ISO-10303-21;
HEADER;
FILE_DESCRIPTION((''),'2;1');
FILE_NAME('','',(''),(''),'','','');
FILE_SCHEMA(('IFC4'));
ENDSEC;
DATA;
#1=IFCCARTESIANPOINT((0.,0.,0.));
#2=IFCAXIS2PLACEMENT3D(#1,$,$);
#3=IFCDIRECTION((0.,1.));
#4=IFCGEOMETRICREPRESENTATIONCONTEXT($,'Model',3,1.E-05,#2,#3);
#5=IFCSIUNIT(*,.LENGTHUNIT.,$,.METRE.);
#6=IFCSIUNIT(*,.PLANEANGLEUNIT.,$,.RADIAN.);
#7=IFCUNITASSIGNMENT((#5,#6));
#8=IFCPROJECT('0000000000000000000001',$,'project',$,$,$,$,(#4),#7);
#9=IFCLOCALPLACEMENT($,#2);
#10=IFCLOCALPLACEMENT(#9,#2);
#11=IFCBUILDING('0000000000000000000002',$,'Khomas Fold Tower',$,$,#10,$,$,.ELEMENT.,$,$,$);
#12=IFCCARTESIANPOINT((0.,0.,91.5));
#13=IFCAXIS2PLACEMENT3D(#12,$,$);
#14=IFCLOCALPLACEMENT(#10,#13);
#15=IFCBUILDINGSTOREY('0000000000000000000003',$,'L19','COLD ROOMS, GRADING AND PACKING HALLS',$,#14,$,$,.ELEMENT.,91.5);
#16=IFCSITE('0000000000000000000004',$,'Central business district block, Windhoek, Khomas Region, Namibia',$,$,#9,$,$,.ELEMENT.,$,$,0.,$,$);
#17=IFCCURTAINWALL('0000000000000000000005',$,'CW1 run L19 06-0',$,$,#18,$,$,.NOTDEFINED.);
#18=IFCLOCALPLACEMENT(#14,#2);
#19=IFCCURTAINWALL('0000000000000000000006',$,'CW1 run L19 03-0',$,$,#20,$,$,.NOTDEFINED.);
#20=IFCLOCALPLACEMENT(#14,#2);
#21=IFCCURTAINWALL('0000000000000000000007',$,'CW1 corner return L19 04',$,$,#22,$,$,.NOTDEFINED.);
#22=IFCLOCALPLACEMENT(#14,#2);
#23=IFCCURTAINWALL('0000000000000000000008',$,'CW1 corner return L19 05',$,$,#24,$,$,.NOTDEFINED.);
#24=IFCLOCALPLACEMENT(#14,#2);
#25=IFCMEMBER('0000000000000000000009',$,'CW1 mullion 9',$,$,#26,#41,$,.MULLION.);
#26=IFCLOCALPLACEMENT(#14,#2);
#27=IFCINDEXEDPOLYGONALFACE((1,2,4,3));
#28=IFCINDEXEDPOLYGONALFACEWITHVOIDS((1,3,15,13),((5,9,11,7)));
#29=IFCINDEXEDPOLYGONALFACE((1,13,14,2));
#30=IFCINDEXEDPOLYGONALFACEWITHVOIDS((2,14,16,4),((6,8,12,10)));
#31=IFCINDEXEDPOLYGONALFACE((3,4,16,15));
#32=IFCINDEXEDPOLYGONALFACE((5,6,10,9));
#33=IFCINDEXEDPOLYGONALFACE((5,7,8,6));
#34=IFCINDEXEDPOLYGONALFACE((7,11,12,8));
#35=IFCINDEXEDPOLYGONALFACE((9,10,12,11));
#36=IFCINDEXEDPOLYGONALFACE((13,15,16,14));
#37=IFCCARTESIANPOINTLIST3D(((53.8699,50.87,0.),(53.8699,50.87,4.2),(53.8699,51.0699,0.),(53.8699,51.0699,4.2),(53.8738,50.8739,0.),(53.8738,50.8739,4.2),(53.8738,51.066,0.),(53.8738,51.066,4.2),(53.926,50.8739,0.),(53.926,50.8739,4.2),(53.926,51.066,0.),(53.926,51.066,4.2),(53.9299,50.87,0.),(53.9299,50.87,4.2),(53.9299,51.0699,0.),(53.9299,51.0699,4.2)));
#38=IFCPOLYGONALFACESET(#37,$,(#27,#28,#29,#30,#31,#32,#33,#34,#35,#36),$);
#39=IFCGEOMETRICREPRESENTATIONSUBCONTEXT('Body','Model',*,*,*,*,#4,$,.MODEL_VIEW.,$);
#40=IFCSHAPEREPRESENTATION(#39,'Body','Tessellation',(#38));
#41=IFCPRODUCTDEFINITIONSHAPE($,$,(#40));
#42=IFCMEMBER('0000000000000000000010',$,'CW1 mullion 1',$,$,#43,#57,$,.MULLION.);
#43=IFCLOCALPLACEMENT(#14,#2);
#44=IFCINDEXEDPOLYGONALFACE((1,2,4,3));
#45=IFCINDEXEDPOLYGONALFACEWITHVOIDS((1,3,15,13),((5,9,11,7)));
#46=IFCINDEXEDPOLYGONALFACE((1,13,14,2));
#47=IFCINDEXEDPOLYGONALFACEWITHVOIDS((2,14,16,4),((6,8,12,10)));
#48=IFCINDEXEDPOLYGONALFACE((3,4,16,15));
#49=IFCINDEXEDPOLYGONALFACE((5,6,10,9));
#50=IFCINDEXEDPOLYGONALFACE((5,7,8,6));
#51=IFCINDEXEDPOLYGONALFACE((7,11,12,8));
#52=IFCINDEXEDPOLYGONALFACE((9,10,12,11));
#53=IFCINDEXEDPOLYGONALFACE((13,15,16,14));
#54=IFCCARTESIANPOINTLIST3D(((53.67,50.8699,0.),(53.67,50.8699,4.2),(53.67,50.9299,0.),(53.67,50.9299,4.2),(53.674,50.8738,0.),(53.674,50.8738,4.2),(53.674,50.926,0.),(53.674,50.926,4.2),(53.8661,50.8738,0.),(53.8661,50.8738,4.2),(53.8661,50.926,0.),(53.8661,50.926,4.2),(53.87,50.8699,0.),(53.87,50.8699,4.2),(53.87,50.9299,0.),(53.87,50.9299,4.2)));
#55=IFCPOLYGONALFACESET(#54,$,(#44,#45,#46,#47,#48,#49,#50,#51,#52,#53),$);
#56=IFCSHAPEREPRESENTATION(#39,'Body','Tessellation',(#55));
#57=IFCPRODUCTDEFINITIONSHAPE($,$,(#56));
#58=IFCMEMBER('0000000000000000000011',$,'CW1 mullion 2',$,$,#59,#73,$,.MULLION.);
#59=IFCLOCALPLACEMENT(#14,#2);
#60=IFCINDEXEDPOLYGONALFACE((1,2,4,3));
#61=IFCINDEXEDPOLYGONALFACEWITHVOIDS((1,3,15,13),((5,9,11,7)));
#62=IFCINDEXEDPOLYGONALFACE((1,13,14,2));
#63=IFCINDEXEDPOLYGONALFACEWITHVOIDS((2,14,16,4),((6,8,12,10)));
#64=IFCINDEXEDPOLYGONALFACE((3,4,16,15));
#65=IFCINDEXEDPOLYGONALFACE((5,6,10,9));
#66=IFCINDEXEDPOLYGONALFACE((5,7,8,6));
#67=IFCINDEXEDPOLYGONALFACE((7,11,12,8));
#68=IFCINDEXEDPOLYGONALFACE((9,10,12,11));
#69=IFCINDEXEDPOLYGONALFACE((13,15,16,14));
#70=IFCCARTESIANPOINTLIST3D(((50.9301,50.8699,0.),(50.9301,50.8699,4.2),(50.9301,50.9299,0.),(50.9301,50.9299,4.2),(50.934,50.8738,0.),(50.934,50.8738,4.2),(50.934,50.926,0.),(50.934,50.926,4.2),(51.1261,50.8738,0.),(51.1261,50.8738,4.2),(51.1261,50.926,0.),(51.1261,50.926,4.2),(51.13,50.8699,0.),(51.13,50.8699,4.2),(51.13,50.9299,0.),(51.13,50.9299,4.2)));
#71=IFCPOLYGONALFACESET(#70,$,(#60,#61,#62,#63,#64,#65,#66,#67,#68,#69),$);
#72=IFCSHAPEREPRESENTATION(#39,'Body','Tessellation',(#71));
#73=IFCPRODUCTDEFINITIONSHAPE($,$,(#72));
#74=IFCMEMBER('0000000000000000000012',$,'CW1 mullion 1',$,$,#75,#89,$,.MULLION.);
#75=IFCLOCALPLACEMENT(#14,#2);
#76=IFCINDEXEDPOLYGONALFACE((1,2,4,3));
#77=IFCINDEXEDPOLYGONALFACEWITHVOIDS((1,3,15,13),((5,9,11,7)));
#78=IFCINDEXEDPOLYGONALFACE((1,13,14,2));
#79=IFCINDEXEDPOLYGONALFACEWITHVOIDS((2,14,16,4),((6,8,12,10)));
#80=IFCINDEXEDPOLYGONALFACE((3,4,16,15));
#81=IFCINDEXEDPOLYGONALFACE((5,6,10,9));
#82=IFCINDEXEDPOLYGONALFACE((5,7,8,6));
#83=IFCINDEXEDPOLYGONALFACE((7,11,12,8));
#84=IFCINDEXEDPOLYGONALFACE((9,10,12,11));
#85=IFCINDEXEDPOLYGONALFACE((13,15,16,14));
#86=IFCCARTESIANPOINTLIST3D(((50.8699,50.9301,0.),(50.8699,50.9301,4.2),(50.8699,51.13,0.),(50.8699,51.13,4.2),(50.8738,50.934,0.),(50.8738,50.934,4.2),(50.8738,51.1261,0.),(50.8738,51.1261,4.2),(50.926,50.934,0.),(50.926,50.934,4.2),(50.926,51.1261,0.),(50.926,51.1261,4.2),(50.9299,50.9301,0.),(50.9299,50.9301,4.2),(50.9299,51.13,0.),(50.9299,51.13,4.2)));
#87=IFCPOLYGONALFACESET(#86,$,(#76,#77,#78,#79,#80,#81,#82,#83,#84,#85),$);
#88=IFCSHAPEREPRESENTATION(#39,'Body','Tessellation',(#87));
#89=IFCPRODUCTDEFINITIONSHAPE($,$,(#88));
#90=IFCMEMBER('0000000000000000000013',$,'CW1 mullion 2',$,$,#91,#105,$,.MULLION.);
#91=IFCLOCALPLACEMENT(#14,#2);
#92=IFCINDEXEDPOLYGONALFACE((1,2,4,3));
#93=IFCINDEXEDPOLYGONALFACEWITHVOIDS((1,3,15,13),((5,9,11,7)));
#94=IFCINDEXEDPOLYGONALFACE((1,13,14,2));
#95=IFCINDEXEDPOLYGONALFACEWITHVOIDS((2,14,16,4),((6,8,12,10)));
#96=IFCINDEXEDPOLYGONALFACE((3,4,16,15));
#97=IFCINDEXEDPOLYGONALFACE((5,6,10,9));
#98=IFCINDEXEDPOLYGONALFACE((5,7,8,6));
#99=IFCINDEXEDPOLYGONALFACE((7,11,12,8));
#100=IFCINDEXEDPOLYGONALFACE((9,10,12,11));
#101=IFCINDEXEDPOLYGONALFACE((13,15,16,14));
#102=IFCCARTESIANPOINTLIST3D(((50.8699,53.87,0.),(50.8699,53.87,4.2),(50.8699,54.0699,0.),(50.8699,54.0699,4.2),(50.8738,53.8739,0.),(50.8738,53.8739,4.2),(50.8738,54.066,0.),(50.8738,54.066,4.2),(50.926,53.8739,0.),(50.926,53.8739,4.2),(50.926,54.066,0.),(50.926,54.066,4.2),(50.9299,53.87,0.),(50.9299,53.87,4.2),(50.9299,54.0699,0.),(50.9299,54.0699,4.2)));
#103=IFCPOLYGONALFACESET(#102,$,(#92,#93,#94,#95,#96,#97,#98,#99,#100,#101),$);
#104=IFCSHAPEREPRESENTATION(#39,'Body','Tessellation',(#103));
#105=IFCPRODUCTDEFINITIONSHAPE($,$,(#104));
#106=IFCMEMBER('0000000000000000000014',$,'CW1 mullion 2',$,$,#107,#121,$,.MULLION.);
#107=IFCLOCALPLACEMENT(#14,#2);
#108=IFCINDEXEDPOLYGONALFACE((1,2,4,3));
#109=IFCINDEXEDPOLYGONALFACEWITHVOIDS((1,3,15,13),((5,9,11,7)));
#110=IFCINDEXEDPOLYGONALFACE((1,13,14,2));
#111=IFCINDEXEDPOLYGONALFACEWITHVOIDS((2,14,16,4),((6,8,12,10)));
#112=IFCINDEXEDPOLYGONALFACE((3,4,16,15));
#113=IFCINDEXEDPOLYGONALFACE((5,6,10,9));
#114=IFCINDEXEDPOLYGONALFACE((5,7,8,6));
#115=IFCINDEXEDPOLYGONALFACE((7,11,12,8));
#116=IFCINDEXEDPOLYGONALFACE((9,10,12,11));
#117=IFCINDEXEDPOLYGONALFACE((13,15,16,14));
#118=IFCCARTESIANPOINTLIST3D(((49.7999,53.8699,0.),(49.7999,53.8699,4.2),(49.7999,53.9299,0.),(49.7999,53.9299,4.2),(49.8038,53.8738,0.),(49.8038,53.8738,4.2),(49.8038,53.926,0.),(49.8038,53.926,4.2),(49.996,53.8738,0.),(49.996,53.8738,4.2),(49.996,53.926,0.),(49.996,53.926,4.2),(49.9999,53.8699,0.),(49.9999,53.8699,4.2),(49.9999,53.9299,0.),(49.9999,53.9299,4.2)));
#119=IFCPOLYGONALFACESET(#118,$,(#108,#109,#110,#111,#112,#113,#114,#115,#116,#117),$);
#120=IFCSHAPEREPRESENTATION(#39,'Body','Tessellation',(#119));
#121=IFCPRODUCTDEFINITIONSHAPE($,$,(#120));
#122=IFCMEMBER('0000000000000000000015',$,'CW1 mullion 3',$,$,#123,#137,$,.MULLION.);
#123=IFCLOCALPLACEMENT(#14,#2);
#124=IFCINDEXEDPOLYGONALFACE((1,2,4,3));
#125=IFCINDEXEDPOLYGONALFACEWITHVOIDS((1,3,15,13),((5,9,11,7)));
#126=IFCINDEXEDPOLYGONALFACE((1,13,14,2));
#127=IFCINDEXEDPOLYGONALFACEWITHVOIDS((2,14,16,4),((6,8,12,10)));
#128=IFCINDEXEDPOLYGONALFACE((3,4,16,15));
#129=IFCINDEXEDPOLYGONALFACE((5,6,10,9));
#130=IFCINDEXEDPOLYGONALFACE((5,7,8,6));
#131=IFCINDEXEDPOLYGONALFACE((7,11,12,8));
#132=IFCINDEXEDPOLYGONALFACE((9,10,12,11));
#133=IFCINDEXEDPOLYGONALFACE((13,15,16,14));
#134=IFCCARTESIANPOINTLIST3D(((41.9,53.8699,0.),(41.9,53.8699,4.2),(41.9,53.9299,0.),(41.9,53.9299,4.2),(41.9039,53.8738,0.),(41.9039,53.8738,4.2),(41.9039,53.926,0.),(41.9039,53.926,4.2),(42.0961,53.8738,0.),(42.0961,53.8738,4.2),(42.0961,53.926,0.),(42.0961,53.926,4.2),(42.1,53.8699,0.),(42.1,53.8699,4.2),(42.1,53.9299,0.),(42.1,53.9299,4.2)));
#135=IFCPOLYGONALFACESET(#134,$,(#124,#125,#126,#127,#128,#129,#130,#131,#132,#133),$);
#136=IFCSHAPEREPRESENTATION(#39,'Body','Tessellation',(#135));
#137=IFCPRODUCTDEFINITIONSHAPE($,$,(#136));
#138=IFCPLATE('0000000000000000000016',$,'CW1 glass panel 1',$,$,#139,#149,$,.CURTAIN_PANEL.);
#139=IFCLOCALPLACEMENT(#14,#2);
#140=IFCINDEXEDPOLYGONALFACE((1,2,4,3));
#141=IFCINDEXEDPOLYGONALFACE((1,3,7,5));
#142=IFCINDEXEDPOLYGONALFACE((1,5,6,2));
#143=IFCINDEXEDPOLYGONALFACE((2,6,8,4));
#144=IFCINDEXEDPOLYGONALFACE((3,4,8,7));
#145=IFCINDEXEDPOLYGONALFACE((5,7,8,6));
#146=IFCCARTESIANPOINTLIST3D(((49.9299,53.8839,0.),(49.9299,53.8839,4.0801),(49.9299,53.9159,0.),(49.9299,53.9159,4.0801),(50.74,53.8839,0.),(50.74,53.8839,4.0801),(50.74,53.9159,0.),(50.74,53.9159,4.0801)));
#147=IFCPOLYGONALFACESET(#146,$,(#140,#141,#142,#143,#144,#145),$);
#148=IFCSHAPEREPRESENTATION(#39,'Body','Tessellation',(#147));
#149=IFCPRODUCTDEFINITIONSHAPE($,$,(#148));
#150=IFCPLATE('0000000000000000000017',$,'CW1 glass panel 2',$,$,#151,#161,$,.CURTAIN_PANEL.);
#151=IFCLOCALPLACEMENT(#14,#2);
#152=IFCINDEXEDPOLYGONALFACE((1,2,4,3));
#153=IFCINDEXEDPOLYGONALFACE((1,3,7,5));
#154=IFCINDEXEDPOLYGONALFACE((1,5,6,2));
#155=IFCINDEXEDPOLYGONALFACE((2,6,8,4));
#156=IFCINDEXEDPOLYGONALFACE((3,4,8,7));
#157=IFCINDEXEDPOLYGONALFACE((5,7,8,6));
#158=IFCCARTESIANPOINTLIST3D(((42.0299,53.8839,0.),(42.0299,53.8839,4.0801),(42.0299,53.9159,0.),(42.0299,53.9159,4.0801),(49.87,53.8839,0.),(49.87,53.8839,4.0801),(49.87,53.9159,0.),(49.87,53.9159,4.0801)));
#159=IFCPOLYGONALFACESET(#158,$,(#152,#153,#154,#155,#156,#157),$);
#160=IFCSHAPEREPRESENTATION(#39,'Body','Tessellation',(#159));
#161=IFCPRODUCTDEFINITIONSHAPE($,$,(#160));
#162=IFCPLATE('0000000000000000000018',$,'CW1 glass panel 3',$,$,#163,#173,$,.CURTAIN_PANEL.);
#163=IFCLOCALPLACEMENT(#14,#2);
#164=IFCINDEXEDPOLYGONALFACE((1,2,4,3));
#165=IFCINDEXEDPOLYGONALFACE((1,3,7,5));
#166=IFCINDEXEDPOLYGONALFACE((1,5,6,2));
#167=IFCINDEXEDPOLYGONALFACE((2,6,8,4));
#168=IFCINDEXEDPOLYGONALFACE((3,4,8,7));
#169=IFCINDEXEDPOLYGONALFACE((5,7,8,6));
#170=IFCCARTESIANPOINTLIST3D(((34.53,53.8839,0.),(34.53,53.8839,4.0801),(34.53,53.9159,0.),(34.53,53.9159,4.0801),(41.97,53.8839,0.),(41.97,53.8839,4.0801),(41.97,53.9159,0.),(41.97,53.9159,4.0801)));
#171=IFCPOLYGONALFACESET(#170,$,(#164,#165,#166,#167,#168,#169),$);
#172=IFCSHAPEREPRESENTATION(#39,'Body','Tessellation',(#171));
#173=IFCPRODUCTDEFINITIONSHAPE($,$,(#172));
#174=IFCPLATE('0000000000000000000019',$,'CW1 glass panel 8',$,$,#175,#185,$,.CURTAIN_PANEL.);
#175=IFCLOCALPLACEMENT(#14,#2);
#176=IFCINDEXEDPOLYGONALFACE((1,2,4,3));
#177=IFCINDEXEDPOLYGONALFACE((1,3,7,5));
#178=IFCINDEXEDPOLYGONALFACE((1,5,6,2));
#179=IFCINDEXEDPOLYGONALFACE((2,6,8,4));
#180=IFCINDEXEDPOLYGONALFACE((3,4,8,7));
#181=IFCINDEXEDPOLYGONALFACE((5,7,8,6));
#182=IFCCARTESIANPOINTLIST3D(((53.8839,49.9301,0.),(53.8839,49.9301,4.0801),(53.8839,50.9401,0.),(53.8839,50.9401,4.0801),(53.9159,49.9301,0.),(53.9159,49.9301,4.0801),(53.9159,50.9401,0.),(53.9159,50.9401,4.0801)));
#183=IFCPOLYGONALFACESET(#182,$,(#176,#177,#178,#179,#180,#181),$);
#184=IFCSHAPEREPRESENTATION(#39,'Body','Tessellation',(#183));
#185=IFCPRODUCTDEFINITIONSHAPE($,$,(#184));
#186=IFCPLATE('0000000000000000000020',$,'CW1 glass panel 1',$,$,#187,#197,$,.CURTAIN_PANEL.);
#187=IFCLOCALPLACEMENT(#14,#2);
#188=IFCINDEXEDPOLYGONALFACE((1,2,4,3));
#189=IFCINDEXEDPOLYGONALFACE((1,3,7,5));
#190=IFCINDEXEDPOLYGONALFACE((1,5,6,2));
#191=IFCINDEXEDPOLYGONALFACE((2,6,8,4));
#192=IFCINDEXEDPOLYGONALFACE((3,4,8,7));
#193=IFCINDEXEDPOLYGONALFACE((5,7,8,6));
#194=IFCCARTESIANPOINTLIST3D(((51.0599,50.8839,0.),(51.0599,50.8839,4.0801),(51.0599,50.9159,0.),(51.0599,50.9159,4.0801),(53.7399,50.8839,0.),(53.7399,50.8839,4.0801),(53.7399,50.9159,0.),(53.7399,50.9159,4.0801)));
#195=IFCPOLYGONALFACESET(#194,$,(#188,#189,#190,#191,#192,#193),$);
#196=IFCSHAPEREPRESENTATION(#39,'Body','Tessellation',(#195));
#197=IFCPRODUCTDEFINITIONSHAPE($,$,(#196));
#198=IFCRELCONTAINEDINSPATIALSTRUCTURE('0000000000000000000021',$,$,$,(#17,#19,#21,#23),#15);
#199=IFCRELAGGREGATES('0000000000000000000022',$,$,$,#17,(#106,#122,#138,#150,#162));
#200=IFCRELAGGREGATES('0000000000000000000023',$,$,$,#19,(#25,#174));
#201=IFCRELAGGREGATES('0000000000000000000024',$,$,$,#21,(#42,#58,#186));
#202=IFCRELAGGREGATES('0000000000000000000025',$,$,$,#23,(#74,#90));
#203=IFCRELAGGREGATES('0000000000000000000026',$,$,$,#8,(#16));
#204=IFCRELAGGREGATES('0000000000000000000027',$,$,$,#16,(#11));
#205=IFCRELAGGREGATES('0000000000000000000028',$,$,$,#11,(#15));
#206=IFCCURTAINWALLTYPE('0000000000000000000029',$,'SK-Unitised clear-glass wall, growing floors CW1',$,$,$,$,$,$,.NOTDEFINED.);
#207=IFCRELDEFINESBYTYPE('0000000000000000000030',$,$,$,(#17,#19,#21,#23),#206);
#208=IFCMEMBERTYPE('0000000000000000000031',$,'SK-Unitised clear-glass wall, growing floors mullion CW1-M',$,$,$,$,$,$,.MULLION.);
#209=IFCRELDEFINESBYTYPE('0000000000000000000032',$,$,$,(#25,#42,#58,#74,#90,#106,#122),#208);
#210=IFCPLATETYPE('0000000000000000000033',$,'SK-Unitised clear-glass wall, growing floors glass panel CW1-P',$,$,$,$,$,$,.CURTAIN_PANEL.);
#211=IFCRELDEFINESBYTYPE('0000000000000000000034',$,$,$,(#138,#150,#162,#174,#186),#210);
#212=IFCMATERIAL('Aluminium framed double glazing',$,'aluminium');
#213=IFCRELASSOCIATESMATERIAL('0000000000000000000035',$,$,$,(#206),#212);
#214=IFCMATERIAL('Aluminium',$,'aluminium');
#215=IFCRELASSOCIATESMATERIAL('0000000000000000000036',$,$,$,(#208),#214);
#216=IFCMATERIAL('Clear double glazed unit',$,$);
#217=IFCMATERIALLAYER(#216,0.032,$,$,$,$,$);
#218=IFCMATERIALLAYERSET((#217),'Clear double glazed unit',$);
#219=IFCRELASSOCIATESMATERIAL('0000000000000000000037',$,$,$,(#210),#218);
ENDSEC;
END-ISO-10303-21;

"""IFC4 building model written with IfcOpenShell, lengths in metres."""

from ifc_helpers import new_model, si_unit, direction, frame, origin, origin_2d, place, context, subcontext, project, spatial, rectangle, hollow_rectangle, extrude, source, transform, mapped, material, layer, layer_set, material_profile, profile_set, type_object, element, aggregate, save


model = new_model("IFC4")

# Units and contexts
model_context = context("Model", 3, precision=1e-05, world=origin(), true_north=direction((0.0, 1.0)))
body_context = subcontext(model_context, "Body", "Model", "MODEL_VIEW")
ifc_project = project(units=[si_unit("LENGTHUNIT", "METRE"), si_unit("PLANEANGLEUNIT", "RADIAN")], contexts=[model_context])

# Site, building, storey
site_placement = place(None, origin())
site = spatial("IfcSite", under=ifc_project, at=site_placement, Name="Central business district block, Windhoek, Khomas Region, Namibia", CompositionType="ELEMENT", RefElevation=0.0)
building_placement = place(site_placement, origin())
building = spatial("IfcBuilding", under=site, at=building_placement, Name="Khomas Fold Tower", CompositionType="ELEMENT")
storey_placement = place(building_placement, frame((0.0, 0.0, 91.5)))
storey = spatial("IfcBuildingStorey", under=building, at=storey_placement, Name="L19", Description="COLD ROOMS, GRADING AND PACKING HALLS", CompositionType="ELEMENT", Elevation=91.5)

# Curtain wall
ifc_material_1 = material(Name="Aluminium framed double glazing", Category="aluminium")
curtain_wall_type = type_object("IfcCurtainWallType", Name="SK-Unitised clear-glass wall, growing floors CW1", PredefinedType="NOTDEFINED", material=ifc_material_1)
curtain_wall_1_placement = place(storey_placement, origin())
curtain_wall_1 = element("IfcCurtainWall", 1, at=curtain_wall_1_placement, inside=storey, type_object=curtain_wall_type, Name="CW1 run L19 06-0", PredefinedType="NOTDEFINED")

# Curtain walls
curtain_wall_2_placement = place(storey_placement, origin())
curtain_wall_2 = element("IfcCurtainWall", 2, at=curtain_wall_2_placement, inside=storey, type_object=curtain_wall_type, Name="CW1 run L19 03-0", PredefinedType="NOTDEFINED")
curtain_wall_3_placement = place(storey_placement, origin())
curtain_wall_3 = element("IfcCurtainWall", 3, at=curtain_wall_3_placement, inside=storey, type_object=curtain_wall_type, Name="CW1 corner return L19 04", PredefinedType="NOTDEFINED")
curtain_wall_4_placement = place(storey_placement, origin())
curtain_wall_4 = element("IfcCurtainWall", 4, at=curtain_wall_4_placement, inside=storey, type_object=curtain_wall_type, Name="CW1 corner return L19 05", PredefinedType="NOTDEFINED")

# Members
ifc_material_2 = material(Name="Aluminium", Category="aluminium")
ifc_material_profile_1 = material_profile(ifc_material_2, hollow_rectangle(XDim=0.0601, YDim=0.2, WallThickness=0.0039, at=origin_2d()), Name="SK-Unitised clear-glass wall, growing floors mullion CW1-M")
ifc_profile_set_1 = profile_set([ifc_material_profile_1], Name="Aluminium")
member_type_1 = type_object("IfcMemberType", Name="SK-Unitised clear-glass wall, growing floors mullion CW1-M", PredefinedType="MULLION", material=ifc_profile_set_1)
shared_shape_1 = source(origin(), body_context, "Body", "SweptSolid", [
    extrude(hollow_rectangle(XDim=0.0601, YDim=0.2, WallThickness=0.0039, at=origin_2d()), origin(), (0.0, 0.0, 1.0), 4.2),
])
member_1_placement = place(storey_placement, frame((53.8999, 50.97, 0.0), z_axis=(0.0, 0.0, 1.0), x_axis=(-1.0, 0.0, 0.0)))
member_1 = element("IfcMember", 5, at=member_1_placement, type_object=member_type_1, Name="CW1 mullion 9", PredefinedType="MULLION", context=body_context, shape_type="MappedRepresentation", body=[
    mapped(shared_shape_1, transform((0.0, 0.0, 0.0))),
])
member_2_placement = place(storey_placement, frame((53.77, 50.8999, 0.0), z_axis=(0.0, 0.0, 1.0), x_axis=(0.0, -1.0, 0.0)))
member_2 = element("IfcMember", 6, at=member_2_placement, type_object=member_type_1, Name="CW1 mullion 1", PredefinedType="MULLION", context=body_context, shape_type="MappedRepresentation", body=[
    mapped(shared_shape_1, transform((0.0, 0.0, 0.0))),
])
member_3_placement = place(storey_placement, frame((51.03, 50.8999, 0.0), z_axis=(0.0, 0.0, 1.0), x_axis=(0.0, -1.0, 0.0)))
member_3 = element("IfcMember", 7, at=member_3_placement, type_object=member_type_1, Name="CW1 mullion 2", PredefinedType="MULLION", context=body_context, shape_type="MappedRepresentation", body=[
    mapped(shared_shape_1, transform((0.0, 0.0, 0.0))),
])
member_4_placement = place(storey_placement, frame((50.8999, 51.03, 0.0), z_axis=(0.0, 0.0, 1.0), x_axis=(-1.0, 0.0, 0.0)))
member_4 = element("IfcMember", 8, at=member_4_placement, type_object=member_type_1, Name="CW1 mullion 1", PredefinedType="MULLION", context=body_context, shape_type="MappedRepresentation", body=[
    mapped(shared_shape_1, transform((0.0, 0.0, 0.0))),
])
member_5_placement = place(storey_placement, frame((50.8999, 53.97, 0.0), z_axis=(0.0, 0.0, 1.0), x_axis=(-1.0, 0.0, 0.0)))
member_5 = element("IfcMember", 9, at=member_5_placement, type_object=member_type_1, Name="CW1 mullion 2", PredefinedType="MULLION", context=body_context, shape_type="MappedRepresentation", body=[
    mapped(shared_shape_1, transform((0.0, 0.0, 0.0))),
])
member_6_placement = place(storey_placement, frame((49.8999, 53.8999, 0.0), z_axis=(0.0, 0.0, 1.0), x_axis=(0.0, -1.0, 0.0)))
member_6 = element("IfcMember", 10, at=member_6_placement, type_object=member_type_1, Name="CW1 mullion 2", PredefinedType="MULLION", context=body_context, shape_type="MappedRepresentation", body=[
    mapped(shared_shape_1, transform((0.0, 0.0, 0.0))),
])
member_7_placement = place(storey_placement, frame((42.0, 53.8999, 0.0), z_axis=(0.0, 0.0, 1.0), x_axis=(0.0, -1.0, 0.0)))
member_7 = element("IfcMember", 11, at=member_7_placement, type_object=member_type_1, Name="CW1 mullion 3", PredefinedType="MULLION", context=body_context, shape_type="MappedRepresentation", body=[
    mapped(shared_shape_1, transform((0.0, 0.0, 0.0))),
])

# Plates
ifc_material_3 = material(Name="Clear double glazed unit")
ifc_layer = layer(ifc_material_3, 0.032)
ifc_layer_set = layer_set([ifc_layer], Name="Clear double glazed unit")
plate_type = type_object("IfcPlateType", Name="SK-Unitised clear-glass wall, growing floors glass panel CW1-P", PredefinedType="CURTAIN_PANEL", material=ifc_layer_set)
shared_shape_2 = source(origin(), body_context, "Body", "SweptSolid", [
    extrude(rectangle(XDim=0.8101, YDim=0.032, at=origin_2d()), origin(), (0.0, 0.0, 1.0), 4.0801),
])
plate_1_placement = place(storey_placement, frame((50.335, 53.8999, 0.0), z_axis=(0.0, 0.0, 1.0), x_axis=(-1.0, 0.0, 0.0)))
plate_1 = element("IfcPlate", 12, at=plate_1_placement, type_object=plate_type, Name="CW1 glass panel 1", PredefinedType="CURTAIN_PANEL", context=body_context, shape_type="MappedRepresentation", body=[
    mapped(shared_shape_2, transform((0.0, 0.0, 0.0))),
])
shared_shape_3 = source(origin(), body_context, "Body", "SweptSolid", [
    extrude(rectangle(XDim=7.8401, YDim=0.032, at=origin_2d()), origin(), (0.0, 0.0, 1.0), 4.0801),
])
plate_2_placement = place(storey_placement, frame((45.95, 53.8999, 0.0), z_axis=(0.0, 0.0, 1.0), x_axis=(-1.0, 0.0, 0.0)))
plate_2 = element("IfcPlate", 13, at=plate_2_placement, type_object=plate_type, Name="CW1 glass panel 2", PredefinedType="CURTAIN_PANEL", context=body_context, shape_type="MappedRepresentation", body=[
    mapped(shared_shape_3, transform((0.0, 0.0, 0.0))),
])
shared_shape_4 = source(origin(), body_context, "Body", "SweptSolid", [
    extrude(rectangle(XDim=7.4399, YDim=0.032, at=origin_2d()), origin(), (0.0, 0.0, 1.0), 4.0801),
])
plate_3_placement = place(storey_placement, frame((38.25, 53.8999, 0.0), z_axis=(0.0, 0.0, 1.0), x_axis=(-1.0, 0.0, 0.0)))
plate_3 = element("IfcPlate", 14, at=plate_3_placement, type_object=plate_type, Name="CW1 glass panel 3", PredefinedType="CURTAIN_PANEL", context=body_context, shape_type="MappedRepresentation", body=[
    mapped(shared_shape_4, transform((0.0, 0.0, 0.0))),
])
aggregate(curtain_wall_1, [member_6, member_7, plate_1, plate_2, plate_3])
shared_shape_5 = source(origin(), body_context, "Body", "SweptSolid", [
    extrude(rectangle(XDim=1.01, YDim=0.032, at=origin_2d()), origin(), (0.0, 0.0, 1.0), 4.0801),
])
plate_4_placement = place(storey_placement, frame((53.8999, 50.4351, 0.0), z_axis=(0.0, 0.0, 1.0), x_axis=(0.0, 1.0, 0.0)))
plate_4 = element("IfcPlate", 15, at=plate_4_placement, type_object=plate_type, Name="CW1 glass panel 8", PredefinedType="CURTAIN_PANEL", context=body_context, shape_type="MappedRepresentation", body=[
    mapped(shared_shape_5, transform((0.0, 0.0, 0.0))),
])
aggregate(curtain_wall_2, [member_1, plate_4])
shared_shape_6 = source(origin(), body_context, "Body", "SweptSolid", [
    extrude(rectangle(XDim=2.6799, YDim=0.032, at=origin_2d()), origin(), (0.0, 0.0, 1.0), 4.0801),
])
plate_5_placement = place(storey_placement, frame((52.3999, 50.8999, 0.0), z_axis=(0.0, 0.0, 1.0), x_axis=(-1.0, 0.0, 0.0)))
plate_5 = element("IfcPlate", 16, at=plate_5_placement, type_object=plate_type, Name="CW1 glass panel 1", PredefinedType="CURTAIN_PANEL", context=body_context, shape_type="MappedRepresentation", body=[
    mapped(shared_shape_6, transform((0.0, 0.0, 0.0))),
])
aggregate(curtain_wall_3, [member_2, member_3, plate_5])
aggregate(curtain_wall_4, [member_4, member_5])

save(model, "model.ifc")
